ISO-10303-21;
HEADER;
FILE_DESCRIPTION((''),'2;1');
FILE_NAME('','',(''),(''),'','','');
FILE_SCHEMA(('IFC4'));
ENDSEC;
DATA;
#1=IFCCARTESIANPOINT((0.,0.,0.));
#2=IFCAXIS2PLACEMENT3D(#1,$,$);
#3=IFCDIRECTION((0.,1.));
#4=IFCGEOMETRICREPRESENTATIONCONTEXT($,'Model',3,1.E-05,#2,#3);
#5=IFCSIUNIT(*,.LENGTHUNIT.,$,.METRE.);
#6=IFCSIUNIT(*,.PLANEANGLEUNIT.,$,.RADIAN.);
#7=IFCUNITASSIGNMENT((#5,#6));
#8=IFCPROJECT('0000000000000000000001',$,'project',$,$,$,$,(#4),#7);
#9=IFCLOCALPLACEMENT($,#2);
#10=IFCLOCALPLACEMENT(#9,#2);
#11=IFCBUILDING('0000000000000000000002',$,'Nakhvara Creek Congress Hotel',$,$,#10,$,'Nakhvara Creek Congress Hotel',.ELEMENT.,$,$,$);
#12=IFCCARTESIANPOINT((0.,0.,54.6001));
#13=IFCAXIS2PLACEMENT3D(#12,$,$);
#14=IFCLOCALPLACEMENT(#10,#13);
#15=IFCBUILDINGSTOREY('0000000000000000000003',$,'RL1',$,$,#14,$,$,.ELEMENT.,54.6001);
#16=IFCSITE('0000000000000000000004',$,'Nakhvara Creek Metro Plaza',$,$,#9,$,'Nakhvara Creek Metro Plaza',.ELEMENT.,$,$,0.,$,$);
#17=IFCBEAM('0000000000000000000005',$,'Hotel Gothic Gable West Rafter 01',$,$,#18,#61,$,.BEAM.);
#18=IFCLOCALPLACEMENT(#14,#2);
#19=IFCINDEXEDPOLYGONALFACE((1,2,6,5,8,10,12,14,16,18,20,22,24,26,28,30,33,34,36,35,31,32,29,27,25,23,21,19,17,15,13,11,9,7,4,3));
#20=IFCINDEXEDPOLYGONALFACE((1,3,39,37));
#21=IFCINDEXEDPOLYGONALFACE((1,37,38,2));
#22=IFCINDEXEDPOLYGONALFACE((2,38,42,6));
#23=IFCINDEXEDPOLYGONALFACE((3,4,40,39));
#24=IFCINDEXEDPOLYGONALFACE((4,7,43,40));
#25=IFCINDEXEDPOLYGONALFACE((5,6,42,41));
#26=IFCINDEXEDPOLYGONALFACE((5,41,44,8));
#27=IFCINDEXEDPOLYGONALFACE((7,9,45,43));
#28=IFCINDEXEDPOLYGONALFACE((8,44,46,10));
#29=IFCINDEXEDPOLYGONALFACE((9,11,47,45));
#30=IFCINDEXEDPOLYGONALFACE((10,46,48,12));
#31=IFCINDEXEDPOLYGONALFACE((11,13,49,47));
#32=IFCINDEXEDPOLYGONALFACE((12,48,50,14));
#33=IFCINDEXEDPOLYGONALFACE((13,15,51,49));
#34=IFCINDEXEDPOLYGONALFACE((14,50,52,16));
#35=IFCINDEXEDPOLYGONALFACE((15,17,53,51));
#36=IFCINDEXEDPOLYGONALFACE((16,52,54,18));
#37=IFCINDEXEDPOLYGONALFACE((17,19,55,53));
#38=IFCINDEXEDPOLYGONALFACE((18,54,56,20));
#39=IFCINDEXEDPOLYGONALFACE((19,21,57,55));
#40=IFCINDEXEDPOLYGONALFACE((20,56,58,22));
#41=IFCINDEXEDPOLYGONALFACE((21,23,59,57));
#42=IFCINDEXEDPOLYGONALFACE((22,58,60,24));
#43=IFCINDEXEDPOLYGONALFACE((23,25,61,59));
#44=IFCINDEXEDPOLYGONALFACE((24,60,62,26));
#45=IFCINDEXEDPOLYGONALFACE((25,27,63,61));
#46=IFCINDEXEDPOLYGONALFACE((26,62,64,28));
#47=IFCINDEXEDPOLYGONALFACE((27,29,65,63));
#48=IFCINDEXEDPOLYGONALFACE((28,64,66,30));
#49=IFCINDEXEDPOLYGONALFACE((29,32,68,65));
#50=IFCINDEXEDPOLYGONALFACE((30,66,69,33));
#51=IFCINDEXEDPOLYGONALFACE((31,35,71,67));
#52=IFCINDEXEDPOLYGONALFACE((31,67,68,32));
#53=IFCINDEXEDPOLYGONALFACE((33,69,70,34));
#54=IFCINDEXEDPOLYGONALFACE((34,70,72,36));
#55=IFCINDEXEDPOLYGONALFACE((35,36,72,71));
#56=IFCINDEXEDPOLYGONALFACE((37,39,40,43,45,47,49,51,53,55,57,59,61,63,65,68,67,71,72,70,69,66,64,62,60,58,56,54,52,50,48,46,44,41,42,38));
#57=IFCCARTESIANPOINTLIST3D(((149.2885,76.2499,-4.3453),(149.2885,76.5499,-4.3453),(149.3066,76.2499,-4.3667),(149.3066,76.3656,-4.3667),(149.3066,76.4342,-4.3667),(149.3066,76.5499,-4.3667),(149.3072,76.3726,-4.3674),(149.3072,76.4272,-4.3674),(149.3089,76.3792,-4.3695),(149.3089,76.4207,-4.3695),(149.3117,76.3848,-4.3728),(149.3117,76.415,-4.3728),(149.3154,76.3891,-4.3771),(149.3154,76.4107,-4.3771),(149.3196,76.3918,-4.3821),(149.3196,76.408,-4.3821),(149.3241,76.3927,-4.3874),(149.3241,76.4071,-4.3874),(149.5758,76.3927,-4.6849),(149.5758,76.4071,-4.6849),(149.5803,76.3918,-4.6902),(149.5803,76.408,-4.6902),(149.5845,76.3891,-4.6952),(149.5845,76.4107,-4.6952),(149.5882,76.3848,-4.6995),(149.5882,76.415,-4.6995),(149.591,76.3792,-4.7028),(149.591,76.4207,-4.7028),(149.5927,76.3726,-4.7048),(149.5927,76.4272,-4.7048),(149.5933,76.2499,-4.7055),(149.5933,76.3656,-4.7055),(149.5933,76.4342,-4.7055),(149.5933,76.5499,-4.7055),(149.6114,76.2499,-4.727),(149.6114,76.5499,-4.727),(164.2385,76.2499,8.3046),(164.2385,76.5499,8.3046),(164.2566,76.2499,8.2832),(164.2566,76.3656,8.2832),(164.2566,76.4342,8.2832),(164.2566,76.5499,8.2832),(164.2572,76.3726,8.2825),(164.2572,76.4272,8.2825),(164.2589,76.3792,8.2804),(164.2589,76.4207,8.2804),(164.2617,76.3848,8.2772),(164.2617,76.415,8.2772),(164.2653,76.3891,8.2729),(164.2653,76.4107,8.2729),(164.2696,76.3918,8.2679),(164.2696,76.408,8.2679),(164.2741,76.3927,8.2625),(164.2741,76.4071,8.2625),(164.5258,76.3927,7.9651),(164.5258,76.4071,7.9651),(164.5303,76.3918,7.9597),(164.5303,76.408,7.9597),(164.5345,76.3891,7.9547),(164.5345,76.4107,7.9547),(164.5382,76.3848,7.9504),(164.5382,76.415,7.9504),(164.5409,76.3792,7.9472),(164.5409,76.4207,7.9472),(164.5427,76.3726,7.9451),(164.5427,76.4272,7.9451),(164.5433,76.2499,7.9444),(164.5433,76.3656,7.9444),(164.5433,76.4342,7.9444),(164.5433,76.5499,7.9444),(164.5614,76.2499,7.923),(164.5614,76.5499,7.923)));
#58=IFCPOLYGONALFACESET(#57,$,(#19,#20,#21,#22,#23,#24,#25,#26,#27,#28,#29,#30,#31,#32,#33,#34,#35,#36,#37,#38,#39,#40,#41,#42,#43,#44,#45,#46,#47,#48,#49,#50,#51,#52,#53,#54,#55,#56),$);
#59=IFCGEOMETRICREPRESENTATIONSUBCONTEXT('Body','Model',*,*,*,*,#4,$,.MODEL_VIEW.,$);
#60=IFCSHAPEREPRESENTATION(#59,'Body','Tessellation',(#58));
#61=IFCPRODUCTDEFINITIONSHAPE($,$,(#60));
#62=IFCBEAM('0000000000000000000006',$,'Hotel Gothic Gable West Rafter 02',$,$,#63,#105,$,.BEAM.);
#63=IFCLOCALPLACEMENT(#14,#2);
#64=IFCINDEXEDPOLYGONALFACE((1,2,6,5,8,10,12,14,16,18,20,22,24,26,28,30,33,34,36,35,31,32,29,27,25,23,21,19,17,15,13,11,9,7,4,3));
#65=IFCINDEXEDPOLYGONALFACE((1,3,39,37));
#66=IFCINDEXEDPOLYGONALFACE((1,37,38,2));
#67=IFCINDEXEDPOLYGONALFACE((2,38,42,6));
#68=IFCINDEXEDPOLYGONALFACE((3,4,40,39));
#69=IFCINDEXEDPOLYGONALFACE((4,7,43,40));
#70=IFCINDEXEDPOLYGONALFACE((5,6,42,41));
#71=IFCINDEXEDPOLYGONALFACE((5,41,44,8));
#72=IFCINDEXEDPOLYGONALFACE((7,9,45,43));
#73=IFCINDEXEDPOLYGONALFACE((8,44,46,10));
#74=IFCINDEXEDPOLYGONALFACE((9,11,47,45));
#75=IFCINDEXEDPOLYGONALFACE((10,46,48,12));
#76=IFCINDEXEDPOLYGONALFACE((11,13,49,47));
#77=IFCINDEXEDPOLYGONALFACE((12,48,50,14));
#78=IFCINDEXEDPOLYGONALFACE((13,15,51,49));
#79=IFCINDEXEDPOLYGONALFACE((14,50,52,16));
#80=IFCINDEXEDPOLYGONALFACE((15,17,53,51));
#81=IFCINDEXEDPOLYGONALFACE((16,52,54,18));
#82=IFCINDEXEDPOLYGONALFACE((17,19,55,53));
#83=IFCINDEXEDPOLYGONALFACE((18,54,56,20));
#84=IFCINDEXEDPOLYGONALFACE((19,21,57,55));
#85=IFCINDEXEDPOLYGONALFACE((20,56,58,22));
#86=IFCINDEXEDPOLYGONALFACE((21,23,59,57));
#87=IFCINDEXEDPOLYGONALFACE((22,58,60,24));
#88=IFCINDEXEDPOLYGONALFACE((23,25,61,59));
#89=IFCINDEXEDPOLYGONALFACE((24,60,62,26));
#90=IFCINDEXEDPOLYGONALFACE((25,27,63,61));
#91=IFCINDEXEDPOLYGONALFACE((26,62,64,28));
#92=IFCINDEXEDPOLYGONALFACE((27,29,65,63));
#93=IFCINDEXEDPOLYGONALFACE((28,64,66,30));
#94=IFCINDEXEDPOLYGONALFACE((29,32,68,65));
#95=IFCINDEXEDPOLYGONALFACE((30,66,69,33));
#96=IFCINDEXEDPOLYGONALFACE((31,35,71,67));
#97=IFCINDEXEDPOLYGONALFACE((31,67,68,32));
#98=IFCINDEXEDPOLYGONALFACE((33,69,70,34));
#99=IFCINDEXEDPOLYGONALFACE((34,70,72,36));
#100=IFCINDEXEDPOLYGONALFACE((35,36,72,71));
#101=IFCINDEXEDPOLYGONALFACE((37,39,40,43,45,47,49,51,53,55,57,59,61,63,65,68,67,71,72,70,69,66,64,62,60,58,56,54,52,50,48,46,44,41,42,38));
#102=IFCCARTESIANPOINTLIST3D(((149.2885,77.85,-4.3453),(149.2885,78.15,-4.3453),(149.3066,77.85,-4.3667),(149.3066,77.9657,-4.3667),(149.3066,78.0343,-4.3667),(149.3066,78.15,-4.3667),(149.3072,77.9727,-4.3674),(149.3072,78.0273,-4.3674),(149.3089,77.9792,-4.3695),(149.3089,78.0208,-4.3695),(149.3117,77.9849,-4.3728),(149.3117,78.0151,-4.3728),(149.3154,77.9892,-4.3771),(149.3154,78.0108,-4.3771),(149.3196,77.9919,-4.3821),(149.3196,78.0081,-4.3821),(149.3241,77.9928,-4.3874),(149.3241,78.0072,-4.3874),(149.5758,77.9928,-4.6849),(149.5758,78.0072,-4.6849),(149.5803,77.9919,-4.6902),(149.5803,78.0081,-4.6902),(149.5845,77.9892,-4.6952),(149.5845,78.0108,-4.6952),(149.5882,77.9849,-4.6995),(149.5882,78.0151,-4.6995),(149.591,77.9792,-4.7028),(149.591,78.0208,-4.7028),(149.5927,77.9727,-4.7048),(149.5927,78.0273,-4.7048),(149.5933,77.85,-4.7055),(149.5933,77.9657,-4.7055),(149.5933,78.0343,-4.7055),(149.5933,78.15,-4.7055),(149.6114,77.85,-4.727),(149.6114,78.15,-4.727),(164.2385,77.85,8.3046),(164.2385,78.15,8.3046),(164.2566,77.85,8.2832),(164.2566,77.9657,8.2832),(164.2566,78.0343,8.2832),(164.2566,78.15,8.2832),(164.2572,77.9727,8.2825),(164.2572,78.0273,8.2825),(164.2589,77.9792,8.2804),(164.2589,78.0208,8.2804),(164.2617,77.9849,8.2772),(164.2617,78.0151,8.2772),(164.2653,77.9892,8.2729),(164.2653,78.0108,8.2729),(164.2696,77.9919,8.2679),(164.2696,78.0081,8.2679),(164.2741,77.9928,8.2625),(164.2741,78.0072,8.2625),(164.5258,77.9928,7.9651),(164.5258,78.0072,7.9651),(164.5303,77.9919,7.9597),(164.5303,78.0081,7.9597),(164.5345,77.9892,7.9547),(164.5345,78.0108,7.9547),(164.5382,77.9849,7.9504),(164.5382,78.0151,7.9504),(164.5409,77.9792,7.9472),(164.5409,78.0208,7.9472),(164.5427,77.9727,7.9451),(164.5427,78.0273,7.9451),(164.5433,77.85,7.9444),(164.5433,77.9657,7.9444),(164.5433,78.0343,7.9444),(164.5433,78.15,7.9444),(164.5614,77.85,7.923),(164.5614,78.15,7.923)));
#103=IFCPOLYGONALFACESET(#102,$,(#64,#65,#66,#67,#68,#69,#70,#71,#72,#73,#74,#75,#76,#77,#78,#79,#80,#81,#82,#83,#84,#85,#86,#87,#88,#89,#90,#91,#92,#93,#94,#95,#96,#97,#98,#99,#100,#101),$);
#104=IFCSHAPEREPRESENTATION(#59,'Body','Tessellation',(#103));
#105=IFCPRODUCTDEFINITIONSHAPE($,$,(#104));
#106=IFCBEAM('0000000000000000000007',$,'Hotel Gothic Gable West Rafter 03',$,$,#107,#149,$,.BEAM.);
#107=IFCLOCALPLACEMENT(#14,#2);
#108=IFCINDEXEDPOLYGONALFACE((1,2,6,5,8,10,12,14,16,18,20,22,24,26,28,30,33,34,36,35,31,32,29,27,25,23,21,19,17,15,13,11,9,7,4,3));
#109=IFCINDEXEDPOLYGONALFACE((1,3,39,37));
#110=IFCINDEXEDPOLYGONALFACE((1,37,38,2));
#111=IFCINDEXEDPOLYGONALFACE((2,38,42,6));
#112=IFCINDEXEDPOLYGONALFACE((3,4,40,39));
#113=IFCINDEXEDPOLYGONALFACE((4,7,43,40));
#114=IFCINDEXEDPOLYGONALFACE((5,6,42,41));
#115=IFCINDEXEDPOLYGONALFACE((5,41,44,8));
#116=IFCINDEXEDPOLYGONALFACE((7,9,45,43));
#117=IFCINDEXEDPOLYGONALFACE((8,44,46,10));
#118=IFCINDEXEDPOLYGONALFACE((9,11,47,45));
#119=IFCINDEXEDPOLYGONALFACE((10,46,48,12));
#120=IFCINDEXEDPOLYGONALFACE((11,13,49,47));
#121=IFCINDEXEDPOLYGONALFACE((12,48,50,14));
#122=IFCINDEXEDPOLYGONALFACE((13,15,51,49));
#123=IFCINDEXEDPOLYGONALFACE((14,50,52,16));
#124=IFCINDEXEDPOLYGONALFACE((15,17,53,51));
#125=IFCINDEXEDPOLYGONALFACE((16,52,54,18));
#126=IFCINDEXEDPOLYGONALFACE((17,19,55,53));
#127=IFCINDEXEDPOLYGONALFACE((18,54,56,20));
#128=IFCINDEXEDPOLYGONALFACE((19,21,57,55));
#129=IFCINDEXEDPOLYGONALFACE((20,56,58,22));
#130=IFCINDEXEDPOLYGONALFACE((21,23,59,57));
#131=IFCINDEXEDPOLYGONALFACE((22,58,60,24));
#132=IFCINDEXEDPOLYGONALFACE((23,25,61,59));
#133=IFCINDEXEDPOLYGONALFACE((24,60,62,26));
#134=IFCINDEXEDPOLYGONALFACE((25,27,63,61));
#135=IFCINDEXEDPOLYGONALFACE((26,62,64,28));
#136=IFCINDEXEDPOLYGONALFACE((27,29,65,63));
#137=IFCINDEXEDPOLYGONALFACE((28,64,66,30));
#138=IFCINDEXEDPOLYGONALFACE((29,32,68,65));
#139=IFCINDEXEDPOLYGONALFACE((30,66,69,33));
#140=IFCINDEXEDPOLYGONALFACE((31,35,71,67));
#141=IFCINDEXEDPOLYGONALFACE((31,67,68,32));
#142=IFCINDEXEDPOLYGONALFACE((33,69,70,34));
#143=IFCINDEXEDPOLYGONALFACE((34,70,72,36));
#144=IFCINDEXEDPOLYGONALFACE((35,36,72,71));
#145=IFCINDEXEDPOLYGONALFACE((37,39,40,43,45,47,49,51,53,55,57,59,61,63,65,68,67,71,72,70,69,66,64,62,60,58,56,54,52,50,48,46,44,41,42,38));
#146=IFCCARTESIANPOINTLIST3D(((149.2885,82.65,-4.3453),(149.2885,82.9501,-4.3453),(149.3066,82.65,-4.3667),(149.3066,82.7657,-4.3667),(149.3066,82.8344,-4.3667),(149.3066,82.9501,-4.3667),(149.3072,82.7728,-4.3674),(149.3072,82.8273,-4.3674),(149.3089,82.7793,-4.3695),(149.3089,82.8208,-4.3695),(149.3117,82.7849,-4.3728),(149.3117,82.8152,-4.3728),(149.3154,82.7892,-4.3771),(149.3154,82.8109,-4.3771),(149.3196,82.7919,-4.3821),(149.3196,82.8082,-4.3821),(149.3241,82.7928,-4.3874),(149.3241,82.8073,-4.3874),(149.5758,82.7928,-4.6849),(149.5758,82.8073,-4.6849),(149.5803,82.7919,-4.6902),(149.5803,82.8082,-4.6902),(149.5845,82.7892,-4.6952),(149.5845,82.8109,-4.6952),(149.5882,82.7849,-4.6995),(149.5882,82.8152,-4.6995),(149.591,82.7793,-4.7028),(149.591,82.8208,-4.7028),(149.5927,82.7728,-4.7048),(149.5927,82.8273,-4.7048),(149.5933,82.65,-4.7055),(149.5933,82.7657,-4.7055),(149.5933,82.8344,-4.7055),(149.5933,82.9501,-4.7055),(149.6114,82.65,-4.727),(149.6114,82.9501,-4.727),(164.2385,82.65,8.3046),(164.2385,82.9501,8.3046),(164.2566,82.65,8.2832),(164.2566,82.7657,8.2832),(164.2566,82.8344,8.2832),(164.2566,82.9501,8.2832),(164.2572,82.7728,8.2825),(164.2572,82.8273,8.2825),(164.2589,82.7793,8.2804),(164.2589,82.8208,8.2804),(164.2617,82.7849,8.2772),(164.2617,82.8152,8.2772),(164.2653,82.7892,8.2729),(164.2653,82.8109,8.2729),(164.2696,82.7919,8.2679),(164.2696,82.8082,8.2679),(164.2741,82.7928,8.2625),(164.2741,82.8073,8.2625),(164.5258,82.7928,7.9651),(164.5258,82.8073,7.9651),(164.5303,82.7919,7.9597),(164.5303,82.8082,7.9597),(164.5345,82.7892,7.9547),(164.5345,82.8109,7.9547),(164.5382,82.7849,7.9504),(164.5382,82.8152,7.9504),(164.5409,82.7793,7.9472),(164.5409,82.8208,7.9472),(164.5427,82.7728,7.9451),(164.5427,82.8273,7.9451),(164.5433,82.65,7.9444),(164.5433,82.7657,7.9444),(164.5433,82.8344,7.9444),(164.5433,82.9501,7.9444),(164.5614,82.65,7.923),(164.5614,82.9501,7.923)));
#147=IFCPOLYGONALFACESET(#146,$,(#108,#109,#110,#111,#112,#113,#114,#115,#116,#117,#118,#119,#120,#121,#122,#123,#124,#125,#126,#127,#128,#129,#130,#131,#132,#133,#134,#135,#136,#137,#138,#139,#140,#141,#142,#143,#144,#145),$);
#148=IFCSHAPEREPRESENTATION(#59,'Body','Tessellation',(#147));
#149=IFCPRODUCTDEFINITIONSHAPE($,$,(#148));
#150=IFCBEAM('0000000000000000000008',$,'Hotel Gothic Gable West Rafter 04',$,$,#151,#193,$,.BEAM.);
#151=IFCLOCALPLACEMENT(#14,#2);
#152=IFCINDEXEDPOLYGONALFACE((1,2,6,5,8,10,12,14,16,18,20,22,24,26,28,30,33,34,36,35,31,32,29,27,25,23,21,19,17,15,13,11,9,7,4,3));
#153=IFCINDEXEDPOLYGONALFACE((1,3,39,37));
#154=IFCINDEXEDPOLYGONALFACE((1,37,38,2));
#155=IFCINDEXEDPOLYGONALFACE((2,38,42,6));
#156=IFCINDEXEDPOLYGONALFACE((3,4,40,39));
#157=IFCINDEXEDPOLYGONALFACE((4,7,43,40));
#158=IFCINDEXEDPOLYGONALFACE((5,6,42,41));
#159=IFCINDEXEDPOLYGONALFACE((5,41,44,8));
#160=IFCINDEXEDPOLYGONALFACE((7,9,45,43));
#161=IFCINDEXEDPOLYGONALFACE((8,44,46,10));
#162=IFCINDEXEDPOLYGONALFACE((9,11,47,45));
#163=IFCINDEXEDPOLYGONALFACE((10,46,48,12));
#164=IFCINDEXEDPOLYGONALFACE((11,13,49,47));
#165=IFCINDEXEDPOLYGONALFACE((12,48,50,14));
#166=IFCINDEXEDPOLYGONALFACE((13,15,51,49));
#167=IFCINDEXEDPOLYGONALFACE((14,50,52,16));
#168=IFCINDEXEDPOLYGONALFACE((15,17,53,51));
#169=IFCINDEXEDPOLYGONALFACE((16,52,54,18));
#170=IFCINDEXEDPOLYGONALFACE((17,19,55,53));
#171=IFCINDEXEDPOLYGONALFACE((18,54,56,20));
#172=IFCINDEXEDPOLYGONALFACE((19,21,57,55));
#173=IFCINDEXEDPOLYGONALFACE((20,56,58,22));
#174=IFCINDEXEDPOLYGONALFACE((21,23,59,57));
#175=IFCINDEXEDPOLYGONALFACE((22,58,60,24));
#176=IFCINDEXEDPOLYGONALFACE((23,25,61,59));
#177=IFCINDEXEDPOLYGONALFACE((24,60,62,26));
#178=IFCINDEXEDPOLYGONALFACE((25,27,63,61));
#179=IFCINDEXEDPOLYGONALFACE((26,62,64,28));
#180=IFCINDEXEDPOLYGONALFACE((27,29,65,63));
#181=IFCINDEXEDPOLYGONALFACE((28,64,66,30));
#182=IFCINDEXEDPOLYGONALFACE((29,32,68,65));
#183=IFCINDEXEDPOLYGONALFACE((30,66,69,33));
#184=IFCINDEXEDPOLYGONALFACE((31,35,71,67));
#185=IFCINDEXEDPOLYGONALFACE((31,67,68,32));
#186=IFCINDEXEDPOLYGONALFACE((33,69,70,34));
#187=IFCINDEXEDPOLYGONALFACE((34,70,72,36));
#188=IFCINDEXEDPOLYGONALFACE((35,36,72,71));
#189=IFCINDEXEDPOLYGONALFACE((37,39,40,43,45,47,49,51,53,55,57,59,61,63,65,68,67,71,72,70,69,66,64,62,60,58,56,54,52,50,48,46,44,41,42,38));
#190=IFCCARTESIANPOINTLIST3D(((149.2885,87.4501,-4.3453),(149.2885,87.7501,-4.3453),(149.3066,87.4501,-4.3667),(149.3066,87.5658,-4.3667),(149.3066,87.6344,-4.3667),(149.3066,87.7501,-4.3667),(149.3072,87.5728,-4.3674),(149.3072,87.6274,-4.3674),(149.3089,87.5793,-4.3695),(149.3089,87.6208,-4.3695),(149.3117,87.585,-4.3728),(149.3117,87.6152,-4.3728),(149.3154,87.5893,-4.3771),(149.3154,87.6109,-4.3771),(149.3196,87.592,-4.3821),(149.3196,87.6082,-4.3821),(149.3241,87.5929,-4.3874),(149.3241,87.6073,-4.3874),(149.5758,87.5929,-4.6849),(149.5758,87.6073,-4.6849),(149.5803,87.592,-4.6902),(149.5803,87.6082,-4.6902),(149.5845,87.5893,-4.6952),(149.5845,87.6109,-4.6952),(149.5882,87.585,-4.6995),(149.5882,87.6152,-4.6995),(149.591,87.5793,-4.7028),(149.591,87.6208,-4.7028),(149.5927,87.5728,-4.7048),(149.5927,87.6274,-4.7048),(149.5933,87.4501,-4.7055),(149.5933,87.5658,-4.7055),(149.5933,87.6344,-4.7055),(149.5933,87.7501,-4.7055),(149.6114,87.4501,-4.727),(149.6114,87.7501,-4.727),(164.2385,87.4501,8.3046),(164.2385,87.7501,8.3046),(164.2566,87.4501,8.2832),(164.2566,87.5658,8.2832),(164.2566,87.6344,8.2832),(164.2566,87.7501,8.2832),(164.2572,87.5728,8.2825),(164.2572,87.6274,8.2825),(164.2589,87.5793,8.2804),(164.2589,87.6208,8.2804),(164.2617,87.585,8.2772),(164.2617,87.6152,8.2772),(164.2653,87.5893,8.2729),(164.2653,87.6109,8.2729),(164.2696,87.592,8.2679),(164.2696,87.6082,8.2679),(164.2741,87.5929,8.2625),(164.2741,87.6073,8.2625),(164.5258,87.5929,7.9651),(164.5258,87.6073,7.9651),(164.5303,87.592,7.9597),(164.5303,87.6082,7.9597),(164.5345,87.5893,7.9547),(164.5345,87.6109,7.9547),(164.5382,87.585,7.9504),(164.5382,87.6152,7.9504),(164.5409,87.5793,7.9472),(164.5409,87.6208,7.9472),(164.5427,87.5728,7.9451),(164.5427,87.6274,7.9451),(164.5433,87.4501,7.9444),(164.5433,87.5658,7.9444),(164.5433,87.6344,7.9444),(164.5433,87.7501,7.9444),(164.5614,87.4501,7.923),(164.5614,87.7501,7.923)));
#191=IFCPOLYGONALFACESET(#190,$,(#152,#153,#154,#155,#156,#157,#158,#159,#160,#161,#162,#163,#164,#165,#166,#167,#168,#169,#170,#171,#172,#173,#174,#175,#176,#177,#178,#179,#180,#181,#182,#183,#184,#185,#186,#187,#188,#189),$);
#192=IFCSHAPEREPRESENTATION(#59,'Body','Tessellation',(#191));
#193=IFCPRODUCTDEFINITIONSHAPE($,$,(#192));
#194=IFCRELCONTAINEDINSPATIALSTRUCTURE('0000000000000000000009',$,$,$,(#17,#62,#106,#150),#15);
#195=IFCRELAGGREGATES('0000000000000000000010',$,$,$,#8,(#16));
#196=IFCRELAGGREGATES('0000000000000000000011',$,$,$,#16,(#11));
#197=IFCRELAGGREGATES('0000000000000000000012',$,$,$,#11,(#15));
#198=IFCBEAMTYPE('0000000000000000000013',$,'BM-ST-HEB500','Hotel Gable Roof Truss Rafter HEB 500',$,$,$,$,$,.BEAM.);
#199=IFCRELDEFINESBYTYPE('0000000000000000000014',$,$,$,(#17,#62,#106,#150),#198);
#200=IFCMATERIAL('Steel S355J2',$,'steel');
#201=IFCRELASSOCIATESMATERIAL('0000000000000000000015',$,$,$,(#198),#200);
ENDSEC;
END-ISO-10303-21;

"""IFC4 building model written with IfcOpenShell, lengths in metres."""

from ifc_helpers import new_model, si_unit, direction, frame, origin, origin_2d, place, context, subcontext, project, spatial, i_section, extrude, material, material_profile, profile_set, type_object, element, save


model = new_model("IFC4")

# Units and contexts
model_context = context("Model", 3, precision=1e-05, world=origin(), true_north=direction((0.0, 1.0)))
body_context = subcontext(model_context, "Body", "Model", "MODEL_VIEW")
ifc_project = project(units=[si_unit("LENGTHUNIT", "METRE"), si_unit("PLANEANGLEUNIT", "RADIAN")], contexts=[model_context])

# Site, building, storey
site_placement = place(None, origin())
site = spatial("IfcSite", under=ifc_project, at=site_placement, Name="Nakhvara Creek Metro Plaza", LongName="Nakhvara Creek Metro Plaza", CompositionType="ELEMENT", RefElevation=0.0)
building_placement = place(site_placement, origin())
building = spatial("IfcBuilding", under=site, at=building_placement, Name="Nakhvara Creek Congress Hotel", LongName="Nakhvara Creek Congress Hotel", CompositionType="ELEMENT")
storey_placement = place(building_placement, frame((0.0, 0.0, 54.6001)))
storey = spatial("IfcBuildingStorey", under=building, at=storey_placement, Name="RL1", CompositionType="ELEMENT", Elevation=54.6001)

# Beams
ifc_material_1 = material(Name="Steel S355J2", Category="steel")
ifc_material_profile_1 = material_profile(ifc_material_1, i_section(OverallWidth=0.3, OverallDepth=0.5, WebThickness=0.0144, FlangeThickness=0.0281, FilletRadius=0.0271, at=origin_2d()), Name="HEB 500", Category="LoadBearing")
ifc_profile_set_1 = profile_set([ifc_material_profile_1], Name="Steel S355J2")
beam_type = type_object("IfcBeamType", Name="BM-ST-HEB500", Description="Hotel Gable Roof Truss Rafter HEB 500", PredefinedType="BEAM", material=ifc_profile_set_1)
for number, where, z_axis, x_axis, name in (
    (1, (149.45, 76.3999, -4.5361), (0.763388, 0.0, 0.645941), (0.0, 1.0, 0.0), "Hotel Gothic Gable West Rafter 01"),
    (2, (149.45, 78.0, -4.5361), (0.763388, 0.0, 0.645941), (0.0, 1.0, 0.0), "Hotel Gothic Gable West Rafter 02"),
    (3, (149.45, 82.8, -4.5361), (0.763388, 0.0, 0.645941), (0.0, 1.0, 0.0), "Hotel Gothic Gable West Rafter 03"),
    (4, (149.45, 87.6001, -4.5361), (0.763388, 0.0, 0.645941), (0.0, 1.0, 0.0), "Hotel Gothic Gable West Rafter 04"),
):
    element("IfcBeam", number, at=place(storey_placement, frame(where, z_axis=z_axis, x_axis=x_axis)), inside=storey, type_object=beam_type, Name=name, PredefinedType="BEAM", context=body_context, shape_type="SweptSolid", body=[
        extrude(i_section(OverallWidth=0.3, OverallDepth=0.5, WebThickness=0.0144, FlangeThickness=0.0281, FilletRadius=0.0271, at=origin_2d()), origin(), (0.0, 0.0, 1.0), 19.5837),
    ])

save(model, "model.ifc")
